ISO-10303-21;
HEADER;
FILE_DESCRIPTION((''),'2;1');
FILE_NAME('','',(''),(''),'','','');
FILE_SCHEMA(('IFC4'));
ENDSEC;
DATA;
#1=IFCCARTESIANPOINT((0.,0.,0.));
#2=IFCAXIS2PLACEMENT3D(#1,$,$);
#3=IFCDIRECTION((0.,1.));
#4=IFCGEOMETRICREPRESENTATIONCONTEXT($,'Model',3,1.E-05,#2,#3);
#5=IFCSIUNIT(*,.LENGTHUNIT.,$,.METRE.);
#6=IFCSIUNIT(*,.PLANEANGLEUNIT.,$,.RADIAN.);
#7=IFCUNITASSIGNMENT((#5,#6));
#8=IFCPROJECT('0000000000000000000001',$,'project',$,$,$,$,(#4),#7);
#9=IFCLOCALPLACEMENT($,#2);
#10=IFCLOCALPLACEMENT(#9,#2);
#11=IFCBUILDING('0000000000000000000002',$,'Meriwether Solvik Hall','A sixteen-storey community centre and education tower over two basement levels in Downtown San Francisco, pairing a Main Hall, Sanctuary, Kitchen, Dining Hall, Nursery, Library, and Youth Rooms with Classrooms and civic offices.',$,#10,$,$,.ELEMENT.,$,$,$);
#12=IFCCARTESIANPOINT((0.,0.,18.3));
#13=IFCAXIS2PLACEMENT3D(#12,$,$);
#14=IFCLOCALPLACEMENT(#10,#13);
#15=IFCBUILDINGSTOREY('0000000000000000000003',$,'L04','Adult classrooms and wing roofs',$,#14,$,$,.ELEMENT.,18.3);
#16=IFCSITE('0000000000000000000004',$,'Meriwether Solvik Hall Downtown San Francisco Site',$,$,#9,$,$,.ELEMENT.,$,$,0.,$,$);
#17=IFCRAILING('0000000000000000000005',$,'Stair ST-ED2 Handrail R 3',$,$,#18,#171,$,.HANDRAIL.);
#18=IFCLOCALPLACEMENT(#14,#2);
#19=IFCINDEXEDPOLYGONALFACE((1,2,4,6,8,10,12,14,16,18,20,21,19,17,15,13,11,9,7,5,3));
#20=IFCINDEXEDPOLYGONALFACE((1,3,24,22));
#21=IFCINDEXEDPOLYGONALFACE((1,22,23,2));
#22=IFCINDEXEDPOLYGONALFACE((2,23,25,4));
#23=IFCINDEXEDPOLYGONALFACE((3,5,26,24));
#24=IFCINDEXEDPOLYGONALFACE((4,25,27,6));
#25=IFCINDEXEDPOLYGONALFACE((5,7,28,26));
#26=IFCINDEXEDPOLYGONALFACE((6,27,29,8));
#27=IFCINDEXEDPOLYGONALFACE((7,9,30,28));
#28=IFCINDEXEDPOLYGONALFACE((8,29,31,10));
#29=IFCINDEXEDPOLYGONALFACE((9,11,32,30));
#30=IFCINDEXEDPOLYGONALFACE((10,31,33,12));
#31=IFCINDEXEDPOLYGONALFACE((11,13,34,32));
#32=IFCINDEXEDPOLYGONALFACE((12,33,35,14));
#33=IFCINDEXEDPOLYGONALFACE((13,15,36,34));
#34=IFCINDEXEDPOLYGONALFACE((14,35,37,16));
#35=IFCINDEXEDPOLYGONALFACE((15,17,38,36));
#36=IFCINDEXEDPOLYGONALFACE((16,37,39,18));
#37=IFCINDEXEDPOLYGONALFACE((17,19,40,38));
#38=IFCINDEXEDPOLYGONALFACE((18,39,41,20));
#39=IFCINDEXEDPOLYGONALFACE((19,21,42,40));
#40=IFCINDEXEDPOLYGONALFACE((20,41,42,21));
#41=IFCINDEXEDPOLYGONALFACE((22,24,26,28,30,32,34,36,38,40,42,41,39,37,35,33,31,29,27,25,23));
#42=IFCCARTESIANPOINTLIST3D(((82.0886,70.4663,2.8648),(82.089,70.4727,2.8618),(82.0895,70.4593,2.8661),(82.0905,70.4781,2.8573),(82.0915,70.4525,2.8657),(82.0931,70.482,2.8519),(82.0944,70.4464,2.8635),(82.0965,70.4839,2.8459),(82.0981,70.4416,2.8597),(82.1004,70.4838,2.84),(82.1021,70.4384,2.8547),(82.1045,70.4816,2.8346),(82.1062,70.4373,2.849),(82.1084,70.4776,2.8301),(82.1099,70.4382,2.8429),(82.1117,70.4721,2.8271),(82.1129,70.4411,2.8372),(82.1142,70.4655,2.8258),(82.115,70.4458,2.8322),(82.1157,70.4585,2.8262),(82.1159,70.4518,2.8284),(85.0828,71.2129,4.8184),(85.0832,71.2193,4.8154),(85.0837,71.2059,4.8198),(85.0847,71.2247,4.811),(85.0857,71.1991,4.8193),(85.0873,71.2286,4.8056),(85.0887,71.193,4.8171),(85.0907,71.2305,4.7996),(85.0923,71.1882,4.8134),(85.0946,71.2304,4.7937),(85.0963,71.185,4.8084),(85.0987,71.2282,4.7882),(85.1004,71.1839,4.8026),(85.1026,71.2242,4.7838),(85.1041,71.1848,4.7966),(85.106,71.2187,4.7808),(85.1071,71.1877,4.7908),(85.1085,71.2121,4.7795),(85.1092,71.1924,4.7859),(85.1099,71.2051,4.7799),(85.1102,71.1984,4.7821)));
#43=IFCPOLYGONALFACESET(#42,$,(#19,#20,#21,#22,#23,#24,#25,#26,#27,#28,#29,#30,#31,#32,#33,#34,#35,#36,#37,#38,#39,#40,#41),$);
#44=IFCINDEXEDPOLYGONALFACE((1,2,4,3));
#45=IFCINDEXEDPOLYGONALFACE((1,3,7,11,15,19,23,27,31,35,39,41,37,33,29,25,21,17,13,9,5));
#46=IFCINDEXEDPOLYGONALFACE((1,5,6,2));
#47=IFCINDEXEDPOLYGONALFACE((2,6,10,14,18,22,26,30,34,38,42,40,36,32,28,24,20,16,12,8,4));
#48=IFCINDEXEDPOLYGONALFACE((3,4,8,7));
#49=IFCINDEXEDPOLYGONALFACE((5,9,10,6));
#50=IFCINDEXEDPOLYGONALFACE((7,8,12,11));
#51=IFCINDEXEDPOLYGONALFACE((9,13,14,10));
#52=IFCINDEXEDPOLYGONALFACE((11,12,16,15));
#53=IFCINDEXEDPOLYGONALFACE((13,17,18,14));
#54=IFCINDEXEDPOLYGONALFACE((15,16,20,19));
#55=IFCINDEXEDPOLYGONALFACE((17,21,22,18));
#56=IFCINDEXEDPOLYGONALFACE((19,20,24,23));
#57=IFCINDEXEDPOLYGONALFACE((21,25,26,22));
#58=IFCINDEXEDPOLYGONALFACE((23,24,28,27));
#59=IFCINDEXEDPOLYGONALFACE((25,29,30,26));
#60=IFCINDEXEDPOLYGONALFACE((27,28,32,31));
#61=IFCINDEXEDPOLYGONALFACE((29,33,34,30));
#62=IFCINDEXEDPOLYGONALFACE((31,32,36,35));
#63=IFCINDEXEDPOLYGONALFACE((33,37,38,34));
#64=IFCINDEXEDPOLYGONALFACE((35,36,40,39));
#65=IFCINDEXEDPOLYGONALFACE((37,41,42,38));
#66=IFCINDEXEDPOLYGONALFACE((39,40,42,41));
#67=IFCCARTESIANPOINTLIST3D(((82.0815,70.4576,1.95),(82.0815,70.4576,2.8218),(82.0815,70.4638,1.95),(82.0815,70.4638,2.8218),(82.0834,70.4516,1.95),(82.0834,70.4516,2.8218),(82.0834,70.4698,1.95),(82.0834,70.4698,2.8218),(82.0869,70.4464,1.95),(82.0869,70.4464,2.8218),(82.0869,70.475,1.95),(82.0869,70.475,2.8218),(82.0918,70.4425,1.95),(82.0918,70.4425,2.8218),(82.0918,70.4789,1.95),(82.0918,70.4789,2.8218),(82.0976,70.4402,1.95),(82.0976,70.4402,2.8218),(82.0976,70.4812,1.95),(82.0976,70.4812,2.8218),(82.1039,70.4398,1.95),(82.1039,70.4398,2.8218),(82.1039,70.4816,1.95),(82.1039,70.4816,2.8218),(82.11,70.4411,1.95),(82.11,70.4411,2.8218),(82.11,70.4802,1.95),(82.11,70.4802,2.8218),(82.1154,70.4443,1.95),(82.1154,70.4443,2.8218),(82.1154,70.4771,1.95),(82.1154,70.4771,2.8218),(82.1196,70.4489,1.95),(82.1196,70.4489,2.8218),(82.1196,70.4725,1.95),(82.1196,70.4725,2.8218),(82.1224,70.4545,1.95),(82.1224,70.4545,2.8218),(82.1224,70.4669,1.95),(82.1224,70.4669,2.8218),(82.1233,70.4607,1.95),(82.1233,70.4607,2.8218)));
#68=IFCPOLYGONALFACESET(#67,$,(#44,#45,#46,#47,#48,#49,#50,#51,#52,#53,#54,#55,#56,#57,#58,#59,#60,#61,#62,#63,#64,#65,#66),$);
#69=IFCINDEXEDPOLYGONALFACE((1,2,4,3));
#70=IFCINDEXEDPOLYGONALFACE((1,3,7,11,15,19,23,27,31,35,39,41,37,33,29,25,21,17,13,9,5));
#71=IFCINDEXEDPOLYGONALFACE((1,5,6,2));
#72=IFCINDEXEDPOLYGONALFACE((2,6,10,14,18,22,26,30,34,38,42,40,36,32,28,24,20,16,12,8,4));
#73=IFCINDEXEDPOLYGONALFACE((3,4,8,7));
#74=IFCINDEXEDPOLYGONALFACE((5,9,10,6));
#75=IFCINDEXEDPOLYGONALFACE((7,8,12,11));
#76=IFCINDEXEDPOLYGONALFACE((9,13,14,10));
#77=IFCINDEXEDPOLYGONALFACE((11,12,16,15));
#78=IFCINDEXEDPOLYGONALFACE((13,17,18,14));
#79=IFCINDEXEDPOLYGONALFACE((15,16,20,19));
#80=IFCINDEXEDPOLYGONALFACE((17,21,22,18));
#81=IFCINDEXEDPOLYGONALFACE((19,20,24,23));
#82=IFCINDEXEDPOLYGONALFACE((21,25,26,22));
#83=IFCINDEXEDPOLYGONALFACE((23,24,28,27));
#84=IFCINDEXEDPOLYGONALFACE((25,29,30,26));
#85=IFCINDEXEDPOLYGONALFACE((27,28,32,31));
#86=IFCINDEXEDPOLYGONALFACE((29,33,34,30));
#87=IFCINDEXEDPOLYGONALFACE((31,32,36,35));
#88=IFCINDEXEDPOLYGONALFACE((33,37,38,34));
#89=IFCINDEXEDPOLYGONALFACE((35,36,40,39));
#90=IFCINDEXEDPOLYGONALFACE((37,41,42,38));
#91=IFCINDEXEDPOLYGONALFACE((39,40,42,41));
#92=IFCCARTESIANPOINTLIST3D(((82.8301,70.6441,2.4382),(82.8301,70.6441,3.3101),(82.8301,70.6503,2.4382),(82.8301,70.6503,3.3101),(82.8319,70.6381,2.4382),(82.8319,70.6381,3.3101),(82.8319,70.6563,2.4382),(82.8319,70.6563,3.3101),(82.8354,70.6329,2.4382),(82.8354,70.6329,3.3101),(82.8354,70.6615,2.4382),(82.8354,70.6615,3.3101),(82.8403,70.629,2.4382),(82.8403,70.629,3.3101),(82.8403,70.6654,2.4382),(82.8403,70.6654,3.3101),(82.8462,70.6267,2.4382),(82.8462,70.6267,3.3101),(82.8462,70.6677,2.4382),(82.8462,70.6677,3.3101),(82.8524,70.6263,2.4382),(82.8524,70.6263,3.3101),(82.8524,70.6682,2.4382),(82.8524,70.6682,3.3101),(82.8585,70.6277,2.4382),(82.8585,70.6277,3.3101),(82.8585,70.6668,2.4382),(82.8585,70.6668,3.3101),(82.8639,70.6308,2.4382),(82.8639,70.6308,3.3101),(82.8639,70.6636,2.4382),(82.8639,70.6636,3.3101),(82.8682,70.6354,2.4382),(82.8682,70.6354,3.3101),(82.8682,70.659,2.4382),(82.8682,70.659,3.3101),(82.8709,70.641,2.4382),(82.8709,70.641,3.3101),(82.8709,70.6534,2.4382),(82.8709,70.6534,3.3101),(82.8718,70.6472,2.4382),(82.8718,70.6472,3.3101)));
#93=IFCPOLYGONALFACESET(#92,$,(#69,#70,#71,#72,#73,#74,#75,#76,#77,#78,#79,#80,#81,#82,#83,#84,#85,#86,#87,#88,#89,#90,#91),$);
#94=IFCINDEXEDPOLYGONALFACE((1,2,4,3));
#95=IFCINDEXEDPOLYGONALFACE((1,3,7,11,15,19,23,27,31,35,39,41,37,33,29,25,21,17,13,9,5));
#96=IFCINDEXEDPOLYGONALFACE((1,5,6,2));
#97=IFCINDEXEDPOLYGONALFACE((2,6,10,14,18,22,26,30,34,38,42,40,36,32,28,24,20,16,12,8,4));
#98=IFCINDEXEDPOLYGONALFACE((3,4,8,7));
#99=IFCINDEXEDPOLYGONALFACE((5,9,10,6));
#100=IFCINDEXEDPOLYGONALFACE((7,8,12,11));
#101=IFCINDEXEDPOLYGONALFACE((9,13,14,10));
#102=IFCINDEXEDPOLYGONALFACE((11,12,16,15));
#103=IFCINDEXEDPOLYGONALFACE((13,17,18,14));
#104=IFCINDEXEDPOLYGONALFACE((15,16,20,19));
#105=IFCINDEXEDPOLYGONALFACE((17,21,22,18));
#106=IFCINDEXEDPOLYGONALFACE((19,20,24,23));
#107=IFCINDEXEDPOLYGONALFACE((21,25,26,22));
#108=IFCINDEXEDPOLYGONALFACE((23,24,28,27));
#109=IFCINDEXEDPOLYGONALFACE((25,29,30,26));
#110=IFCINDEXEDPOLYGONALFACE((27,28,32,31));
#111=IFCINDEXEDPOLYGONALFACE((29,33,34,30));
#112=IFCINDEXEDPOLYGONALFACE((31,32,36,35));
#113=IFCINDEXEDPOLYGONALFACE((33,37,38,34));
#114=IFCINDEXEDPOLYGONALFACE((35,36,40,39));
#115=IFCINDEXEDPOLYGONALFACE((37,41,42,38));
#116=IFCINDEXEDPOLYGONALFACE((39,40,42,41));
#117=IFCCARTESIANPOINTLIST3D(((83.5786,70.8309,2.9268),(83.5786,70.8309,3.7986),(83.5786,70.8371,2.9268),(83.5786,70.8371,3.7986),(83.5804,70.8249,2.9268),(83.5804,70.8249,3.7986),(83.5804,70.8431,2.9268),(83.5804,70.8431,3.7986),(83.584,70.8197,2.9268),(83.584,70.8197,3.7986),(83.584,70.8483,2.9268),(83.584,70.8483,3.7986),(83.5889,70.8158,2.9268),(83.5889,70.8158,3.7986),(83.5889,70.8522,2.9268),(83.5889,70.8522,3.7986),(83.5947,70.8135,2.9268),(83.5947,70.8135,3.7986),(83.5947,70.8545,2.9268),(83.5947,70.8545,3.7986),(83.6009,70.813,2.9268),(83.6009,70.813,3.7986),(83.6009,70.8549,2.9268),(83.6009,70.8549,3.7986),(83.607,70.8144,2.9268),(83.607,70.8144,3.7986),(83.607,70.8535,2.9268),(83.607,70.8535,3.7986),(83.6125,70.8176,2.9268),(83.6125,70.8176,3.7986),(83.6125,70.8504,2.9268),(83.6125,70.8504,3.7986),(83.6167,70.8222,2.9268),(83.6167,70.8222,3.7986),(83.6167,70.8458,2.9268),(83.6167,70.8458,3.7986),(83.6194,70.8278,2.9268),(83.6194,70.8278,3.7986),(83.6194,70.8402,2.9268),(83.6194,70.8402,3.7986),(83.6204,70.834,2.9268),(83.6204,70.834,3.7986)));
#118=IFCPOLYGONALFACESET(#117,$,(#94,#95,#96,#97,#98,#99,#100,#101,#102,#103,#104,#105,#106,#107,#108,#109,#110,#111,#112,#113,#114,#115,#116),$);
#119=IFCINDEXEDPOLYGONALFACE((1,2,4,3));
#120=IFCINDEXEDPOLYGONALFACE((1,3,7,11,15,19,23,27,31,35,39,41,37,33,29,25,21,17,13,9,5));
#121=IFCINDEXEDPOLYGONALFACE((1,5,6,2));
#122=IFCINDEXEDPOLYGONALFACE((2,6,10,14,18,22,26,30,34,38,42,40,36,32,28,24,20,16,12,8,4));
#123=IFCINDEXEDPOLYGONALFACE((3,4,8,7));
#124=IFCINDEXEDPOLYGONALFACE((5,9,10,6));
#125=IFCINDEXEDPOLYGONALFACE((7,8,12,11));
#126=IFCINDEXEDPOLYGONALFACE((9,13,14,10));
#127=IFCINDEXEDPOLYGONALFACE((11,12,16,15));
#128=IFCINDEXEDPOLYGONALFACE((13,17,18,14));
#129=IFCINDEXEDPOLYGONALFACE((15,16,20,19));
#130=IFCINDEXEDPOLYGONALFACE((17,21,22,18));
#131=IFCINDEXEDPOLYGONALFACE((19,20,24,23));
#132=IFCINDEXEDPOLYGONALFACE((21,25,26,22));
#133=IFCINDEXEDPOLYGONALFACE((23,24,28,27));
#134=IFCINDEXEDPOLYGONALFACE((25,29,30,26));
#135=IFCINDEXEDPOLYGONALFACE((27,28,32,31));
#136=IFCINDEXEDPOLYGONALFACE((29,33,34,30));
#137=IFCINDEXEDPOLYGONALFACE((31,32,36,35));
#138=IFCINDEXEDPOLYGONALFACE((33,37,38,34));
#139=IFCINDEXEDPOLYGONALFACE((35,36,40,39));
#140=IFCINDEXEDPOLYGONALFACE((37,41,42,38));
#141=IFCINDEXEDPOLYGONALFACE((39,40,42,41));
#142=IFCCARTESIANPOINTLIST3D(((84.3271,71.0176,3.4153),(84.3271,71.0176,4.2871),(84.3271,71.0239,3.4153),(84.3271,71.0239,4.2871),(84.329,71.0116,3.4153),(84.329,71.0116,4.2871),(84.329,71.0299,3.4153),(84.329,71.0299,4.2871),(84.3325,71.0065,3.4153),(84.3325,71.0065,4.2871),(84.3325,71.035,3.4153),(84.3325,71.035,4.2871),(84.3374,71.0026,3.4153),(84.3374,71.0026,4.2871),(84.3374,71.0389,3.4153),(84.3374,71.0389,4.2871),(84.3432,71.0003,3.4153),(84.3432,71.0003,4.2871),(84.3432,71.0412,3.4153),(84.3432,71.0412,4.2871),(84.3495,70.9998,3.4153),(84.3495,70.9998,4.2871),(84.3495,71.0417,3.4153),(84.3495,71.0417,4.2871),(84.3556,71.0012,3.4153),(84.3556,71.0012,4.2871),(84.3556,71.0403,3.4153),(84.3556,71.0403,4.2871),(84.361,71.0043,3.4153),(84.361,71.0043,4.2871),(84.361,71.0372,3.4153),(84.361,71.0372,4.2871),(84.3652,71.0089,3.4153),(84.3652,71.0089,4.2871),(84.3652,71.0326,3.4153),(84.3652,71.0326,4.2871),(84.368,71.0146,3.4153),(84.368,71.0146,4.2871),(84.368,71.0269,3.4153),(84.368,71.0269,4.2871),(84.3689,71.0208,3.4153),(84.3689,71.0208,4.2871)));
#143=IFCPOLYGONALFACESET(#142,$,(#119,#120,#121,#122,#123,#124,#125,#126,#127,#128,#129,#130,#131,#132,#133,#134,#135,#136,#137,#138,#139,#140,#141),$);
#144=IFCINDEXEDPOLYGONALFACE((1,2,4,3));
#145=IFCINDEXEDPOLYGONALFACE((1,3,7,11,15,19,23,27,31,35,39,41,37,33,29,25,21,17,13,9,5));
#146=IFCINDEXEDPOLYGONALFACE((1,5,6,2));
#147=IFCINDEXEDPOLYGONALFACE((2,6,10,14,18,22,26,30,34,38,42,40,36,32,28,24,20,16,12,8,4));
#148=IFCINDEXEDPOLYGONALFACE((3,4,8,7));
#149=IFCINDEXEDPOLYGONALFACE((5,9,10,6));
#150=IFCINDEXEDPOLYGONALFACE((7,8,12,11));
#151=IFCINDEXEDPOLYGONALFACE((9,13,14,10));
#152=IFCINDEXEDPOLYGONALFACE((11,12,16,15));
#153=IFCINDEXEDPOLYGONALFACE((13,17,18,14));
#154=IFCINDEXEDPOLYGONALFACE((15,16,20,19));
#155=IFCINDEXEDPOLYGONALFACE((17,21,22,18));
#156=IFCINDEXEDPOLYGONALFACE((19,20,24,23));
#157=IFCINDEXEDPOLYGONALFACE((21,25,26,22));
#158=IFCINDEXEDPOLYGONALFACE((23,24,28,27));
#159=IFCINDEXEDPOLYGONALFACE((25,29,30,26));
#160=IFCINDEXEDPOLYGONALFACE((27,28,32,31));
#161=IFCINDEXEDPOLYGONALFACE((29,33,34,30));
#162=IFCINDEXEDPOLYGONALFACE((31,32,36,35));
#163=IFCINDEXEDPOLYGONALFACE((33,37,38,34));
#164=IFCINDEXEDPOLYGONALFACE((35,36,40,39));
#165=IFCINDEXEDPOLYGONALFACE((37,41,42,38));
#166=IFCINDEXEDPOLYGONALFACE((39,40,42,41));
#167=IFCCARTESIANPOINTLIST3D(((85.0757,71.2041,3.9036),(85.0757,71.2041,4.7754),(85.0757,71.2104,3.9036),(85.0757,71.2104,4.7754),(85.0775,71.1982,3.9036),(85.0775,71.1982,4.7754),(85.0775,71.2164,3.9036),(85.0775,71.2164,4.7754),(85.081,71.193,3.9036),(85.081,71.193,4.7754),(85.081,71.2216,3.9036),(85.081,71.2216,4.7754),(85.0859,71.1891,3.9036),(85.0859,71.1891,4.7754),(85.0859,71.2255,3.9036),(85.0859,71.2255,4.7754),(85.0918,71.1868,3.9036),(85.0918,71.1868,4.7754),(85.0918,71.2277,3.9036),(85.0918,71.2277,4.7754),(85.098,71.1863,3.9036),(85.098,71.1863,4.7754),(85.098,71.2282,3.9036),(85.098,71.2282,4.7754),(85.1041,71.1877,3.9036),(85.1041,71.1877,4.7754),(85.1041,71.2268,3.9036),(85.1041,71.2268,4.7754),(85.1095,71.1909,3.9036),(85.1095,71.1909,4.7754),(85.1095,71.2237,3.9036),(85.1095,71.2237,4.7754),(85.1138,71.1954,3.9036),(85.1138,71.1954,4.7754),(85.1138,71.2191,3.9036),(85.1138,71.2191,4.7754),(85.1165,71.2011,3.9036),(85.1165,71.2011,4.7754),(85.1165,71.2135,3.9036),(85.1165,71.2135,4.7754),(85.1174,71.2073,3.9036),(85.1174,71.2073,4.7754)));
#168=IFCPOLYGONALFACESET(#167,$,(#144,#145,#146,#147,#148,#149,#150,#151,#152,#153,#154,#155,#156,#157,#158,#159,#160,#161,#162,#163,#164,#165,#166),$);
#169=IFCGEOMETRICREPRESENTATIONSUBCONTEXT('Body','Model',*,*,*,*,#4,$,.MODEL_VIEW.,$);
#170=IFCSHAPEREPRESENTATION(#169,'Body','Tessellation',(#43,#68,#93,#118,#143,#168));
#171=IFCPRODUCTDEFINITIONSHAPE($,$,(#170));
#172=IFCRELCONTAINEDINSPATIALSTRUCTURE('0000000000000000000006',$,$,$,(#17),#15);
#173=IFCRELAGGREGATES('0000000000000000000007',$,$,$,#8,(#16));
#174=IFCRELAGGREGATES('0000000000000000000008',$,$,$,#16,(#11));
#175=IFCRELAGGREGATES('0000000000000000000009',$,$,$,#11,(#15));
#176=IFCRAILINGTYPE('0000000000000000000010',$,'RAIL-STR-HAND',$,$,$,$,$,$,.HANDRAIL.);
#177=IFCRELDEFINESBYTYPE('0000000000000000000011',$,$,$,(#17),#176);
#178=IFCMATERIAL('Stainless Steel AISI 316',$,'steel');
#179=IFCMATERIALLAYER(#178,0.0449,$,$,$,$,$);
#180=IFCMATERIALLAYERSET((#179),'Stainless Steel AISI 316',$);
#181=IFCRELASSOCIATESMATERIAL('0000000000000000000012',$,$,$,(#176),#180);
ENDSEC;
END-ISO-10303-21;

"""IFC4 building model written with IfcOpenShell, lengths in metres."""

from ifc_helpers import new_model, si_unit, direction, frame, origin, origin_2d, place, context, subcontext, project, spatial, circle, extrude, material, layer, layer_set, type_object, element, save


model = new_model("IFC4")

# Units and contexts
model_context = context("Model", 3, precision=1e-05, world=origin(), true_north=direction((0.0, 1.0)))
body_context = subcontext(model_context, "Body", "Model", "MODEL_VIEW")
ifc_project = project(units=[si_unit("LENGTHUNIT", "METRE"), si_unit("PLANEANGLEUNIT", "RADIAN")], contexts=[model_context])

# Site, building, storey
site_placement = place(None, origin())
site = spatial("IfcSite", under=ifc_project, at=site_placement, Name="Meriwether Solvik Hall Downtown San Francisco Site", CompositionType="ELEMENT", RefElevation=0.0)
building_placement = place(site_placement, origin())
building = spatial("IfcBuilding", under=site, at=building_placement, Name="Meriwether Solvik Hall", Description="A sixteen-storey community centre and education tower over two basement levels in Downtown San Francisco, pairing a Main Hall, Sanctuary, Kitchen, Dining Hall, Nursery, Library, and Youth Rooms with Classrooms and civic offices.", CompositionType="ELEMENT")
storey_placement = place(building_placement, frame((0.0, 0.0, 18.3)))
storey = spatial("IfcBuildingStorey", under=building, at=storey_placement, Name="L04", Description="Adult classrooms and wing roofs", CompositionType="ELEMENT", Elevation=18.3)

# Railing
ifc_material_1 = material(Name="Stainless Steel AISI 316", Category="steel")
ifc_layer_1 = layer(ifc_material_1, 0.0449)
ifc_layer_set_1 = layer_set([ifc_layer_1], Name="Stainless Steel AISI 316")
railing_type_1 = type_object("IfcRailingType", Name="RAIL-STR-HAND", PredefinedType="HANDRAIL", material=ifc_layer_set_1)
railing_1_placement = place(storey_placement, frame((82.1023, 70.4607, 1.95)))
element("IfcRailing", 1, at=railing_1_placement, inside=storey, type_object=railing_type_1, Name="Stair ST-ED2 Handrail R 3", PredefinedType="HANDRAIL", context=body_context, shape_type="SweptSolid", body=[
    extrude(circle(Radius=0.0239, at=origin_2d()), frame((0.0, 0.0, 0.896), z_axis=(0.819809, 0.204417, 0.534908), x_axis=(-0.24194, 0.970291, 0.0)), (0.0, 0.0, 1.0), 3.6523),
    extrude(circle(Radius=0.021, at=origin_2d()), origin(), (0.0, 0.0, 1.0), 0.8718),
    extrude(circle(Radius=0.021, at=origin_2d()), frame((0.7485, 0.1865, 0.4883)), (0.0, 0.0, 1.0), 0.8718),
    extrude(circle(Radius=0.021, at=origin_2d()), frame((1.4971, 0.3733, 0.9768)), (0.0, 0.0, 1.0), 0.8718),
    extrude(circle(Radius=0.021, at=origin_2d()), frame((2.2456, 0.5601, 1.4653)), (0.0, 0.0, 1.0), 0.8718),
    extrude(circle(Radius=0.021, at=origin_2d()), frame((2.9941, 0.7466, 1.9536)), (0.0, 0.0, 1.0), 0.8718),
])

save(model, "model.ifc")
